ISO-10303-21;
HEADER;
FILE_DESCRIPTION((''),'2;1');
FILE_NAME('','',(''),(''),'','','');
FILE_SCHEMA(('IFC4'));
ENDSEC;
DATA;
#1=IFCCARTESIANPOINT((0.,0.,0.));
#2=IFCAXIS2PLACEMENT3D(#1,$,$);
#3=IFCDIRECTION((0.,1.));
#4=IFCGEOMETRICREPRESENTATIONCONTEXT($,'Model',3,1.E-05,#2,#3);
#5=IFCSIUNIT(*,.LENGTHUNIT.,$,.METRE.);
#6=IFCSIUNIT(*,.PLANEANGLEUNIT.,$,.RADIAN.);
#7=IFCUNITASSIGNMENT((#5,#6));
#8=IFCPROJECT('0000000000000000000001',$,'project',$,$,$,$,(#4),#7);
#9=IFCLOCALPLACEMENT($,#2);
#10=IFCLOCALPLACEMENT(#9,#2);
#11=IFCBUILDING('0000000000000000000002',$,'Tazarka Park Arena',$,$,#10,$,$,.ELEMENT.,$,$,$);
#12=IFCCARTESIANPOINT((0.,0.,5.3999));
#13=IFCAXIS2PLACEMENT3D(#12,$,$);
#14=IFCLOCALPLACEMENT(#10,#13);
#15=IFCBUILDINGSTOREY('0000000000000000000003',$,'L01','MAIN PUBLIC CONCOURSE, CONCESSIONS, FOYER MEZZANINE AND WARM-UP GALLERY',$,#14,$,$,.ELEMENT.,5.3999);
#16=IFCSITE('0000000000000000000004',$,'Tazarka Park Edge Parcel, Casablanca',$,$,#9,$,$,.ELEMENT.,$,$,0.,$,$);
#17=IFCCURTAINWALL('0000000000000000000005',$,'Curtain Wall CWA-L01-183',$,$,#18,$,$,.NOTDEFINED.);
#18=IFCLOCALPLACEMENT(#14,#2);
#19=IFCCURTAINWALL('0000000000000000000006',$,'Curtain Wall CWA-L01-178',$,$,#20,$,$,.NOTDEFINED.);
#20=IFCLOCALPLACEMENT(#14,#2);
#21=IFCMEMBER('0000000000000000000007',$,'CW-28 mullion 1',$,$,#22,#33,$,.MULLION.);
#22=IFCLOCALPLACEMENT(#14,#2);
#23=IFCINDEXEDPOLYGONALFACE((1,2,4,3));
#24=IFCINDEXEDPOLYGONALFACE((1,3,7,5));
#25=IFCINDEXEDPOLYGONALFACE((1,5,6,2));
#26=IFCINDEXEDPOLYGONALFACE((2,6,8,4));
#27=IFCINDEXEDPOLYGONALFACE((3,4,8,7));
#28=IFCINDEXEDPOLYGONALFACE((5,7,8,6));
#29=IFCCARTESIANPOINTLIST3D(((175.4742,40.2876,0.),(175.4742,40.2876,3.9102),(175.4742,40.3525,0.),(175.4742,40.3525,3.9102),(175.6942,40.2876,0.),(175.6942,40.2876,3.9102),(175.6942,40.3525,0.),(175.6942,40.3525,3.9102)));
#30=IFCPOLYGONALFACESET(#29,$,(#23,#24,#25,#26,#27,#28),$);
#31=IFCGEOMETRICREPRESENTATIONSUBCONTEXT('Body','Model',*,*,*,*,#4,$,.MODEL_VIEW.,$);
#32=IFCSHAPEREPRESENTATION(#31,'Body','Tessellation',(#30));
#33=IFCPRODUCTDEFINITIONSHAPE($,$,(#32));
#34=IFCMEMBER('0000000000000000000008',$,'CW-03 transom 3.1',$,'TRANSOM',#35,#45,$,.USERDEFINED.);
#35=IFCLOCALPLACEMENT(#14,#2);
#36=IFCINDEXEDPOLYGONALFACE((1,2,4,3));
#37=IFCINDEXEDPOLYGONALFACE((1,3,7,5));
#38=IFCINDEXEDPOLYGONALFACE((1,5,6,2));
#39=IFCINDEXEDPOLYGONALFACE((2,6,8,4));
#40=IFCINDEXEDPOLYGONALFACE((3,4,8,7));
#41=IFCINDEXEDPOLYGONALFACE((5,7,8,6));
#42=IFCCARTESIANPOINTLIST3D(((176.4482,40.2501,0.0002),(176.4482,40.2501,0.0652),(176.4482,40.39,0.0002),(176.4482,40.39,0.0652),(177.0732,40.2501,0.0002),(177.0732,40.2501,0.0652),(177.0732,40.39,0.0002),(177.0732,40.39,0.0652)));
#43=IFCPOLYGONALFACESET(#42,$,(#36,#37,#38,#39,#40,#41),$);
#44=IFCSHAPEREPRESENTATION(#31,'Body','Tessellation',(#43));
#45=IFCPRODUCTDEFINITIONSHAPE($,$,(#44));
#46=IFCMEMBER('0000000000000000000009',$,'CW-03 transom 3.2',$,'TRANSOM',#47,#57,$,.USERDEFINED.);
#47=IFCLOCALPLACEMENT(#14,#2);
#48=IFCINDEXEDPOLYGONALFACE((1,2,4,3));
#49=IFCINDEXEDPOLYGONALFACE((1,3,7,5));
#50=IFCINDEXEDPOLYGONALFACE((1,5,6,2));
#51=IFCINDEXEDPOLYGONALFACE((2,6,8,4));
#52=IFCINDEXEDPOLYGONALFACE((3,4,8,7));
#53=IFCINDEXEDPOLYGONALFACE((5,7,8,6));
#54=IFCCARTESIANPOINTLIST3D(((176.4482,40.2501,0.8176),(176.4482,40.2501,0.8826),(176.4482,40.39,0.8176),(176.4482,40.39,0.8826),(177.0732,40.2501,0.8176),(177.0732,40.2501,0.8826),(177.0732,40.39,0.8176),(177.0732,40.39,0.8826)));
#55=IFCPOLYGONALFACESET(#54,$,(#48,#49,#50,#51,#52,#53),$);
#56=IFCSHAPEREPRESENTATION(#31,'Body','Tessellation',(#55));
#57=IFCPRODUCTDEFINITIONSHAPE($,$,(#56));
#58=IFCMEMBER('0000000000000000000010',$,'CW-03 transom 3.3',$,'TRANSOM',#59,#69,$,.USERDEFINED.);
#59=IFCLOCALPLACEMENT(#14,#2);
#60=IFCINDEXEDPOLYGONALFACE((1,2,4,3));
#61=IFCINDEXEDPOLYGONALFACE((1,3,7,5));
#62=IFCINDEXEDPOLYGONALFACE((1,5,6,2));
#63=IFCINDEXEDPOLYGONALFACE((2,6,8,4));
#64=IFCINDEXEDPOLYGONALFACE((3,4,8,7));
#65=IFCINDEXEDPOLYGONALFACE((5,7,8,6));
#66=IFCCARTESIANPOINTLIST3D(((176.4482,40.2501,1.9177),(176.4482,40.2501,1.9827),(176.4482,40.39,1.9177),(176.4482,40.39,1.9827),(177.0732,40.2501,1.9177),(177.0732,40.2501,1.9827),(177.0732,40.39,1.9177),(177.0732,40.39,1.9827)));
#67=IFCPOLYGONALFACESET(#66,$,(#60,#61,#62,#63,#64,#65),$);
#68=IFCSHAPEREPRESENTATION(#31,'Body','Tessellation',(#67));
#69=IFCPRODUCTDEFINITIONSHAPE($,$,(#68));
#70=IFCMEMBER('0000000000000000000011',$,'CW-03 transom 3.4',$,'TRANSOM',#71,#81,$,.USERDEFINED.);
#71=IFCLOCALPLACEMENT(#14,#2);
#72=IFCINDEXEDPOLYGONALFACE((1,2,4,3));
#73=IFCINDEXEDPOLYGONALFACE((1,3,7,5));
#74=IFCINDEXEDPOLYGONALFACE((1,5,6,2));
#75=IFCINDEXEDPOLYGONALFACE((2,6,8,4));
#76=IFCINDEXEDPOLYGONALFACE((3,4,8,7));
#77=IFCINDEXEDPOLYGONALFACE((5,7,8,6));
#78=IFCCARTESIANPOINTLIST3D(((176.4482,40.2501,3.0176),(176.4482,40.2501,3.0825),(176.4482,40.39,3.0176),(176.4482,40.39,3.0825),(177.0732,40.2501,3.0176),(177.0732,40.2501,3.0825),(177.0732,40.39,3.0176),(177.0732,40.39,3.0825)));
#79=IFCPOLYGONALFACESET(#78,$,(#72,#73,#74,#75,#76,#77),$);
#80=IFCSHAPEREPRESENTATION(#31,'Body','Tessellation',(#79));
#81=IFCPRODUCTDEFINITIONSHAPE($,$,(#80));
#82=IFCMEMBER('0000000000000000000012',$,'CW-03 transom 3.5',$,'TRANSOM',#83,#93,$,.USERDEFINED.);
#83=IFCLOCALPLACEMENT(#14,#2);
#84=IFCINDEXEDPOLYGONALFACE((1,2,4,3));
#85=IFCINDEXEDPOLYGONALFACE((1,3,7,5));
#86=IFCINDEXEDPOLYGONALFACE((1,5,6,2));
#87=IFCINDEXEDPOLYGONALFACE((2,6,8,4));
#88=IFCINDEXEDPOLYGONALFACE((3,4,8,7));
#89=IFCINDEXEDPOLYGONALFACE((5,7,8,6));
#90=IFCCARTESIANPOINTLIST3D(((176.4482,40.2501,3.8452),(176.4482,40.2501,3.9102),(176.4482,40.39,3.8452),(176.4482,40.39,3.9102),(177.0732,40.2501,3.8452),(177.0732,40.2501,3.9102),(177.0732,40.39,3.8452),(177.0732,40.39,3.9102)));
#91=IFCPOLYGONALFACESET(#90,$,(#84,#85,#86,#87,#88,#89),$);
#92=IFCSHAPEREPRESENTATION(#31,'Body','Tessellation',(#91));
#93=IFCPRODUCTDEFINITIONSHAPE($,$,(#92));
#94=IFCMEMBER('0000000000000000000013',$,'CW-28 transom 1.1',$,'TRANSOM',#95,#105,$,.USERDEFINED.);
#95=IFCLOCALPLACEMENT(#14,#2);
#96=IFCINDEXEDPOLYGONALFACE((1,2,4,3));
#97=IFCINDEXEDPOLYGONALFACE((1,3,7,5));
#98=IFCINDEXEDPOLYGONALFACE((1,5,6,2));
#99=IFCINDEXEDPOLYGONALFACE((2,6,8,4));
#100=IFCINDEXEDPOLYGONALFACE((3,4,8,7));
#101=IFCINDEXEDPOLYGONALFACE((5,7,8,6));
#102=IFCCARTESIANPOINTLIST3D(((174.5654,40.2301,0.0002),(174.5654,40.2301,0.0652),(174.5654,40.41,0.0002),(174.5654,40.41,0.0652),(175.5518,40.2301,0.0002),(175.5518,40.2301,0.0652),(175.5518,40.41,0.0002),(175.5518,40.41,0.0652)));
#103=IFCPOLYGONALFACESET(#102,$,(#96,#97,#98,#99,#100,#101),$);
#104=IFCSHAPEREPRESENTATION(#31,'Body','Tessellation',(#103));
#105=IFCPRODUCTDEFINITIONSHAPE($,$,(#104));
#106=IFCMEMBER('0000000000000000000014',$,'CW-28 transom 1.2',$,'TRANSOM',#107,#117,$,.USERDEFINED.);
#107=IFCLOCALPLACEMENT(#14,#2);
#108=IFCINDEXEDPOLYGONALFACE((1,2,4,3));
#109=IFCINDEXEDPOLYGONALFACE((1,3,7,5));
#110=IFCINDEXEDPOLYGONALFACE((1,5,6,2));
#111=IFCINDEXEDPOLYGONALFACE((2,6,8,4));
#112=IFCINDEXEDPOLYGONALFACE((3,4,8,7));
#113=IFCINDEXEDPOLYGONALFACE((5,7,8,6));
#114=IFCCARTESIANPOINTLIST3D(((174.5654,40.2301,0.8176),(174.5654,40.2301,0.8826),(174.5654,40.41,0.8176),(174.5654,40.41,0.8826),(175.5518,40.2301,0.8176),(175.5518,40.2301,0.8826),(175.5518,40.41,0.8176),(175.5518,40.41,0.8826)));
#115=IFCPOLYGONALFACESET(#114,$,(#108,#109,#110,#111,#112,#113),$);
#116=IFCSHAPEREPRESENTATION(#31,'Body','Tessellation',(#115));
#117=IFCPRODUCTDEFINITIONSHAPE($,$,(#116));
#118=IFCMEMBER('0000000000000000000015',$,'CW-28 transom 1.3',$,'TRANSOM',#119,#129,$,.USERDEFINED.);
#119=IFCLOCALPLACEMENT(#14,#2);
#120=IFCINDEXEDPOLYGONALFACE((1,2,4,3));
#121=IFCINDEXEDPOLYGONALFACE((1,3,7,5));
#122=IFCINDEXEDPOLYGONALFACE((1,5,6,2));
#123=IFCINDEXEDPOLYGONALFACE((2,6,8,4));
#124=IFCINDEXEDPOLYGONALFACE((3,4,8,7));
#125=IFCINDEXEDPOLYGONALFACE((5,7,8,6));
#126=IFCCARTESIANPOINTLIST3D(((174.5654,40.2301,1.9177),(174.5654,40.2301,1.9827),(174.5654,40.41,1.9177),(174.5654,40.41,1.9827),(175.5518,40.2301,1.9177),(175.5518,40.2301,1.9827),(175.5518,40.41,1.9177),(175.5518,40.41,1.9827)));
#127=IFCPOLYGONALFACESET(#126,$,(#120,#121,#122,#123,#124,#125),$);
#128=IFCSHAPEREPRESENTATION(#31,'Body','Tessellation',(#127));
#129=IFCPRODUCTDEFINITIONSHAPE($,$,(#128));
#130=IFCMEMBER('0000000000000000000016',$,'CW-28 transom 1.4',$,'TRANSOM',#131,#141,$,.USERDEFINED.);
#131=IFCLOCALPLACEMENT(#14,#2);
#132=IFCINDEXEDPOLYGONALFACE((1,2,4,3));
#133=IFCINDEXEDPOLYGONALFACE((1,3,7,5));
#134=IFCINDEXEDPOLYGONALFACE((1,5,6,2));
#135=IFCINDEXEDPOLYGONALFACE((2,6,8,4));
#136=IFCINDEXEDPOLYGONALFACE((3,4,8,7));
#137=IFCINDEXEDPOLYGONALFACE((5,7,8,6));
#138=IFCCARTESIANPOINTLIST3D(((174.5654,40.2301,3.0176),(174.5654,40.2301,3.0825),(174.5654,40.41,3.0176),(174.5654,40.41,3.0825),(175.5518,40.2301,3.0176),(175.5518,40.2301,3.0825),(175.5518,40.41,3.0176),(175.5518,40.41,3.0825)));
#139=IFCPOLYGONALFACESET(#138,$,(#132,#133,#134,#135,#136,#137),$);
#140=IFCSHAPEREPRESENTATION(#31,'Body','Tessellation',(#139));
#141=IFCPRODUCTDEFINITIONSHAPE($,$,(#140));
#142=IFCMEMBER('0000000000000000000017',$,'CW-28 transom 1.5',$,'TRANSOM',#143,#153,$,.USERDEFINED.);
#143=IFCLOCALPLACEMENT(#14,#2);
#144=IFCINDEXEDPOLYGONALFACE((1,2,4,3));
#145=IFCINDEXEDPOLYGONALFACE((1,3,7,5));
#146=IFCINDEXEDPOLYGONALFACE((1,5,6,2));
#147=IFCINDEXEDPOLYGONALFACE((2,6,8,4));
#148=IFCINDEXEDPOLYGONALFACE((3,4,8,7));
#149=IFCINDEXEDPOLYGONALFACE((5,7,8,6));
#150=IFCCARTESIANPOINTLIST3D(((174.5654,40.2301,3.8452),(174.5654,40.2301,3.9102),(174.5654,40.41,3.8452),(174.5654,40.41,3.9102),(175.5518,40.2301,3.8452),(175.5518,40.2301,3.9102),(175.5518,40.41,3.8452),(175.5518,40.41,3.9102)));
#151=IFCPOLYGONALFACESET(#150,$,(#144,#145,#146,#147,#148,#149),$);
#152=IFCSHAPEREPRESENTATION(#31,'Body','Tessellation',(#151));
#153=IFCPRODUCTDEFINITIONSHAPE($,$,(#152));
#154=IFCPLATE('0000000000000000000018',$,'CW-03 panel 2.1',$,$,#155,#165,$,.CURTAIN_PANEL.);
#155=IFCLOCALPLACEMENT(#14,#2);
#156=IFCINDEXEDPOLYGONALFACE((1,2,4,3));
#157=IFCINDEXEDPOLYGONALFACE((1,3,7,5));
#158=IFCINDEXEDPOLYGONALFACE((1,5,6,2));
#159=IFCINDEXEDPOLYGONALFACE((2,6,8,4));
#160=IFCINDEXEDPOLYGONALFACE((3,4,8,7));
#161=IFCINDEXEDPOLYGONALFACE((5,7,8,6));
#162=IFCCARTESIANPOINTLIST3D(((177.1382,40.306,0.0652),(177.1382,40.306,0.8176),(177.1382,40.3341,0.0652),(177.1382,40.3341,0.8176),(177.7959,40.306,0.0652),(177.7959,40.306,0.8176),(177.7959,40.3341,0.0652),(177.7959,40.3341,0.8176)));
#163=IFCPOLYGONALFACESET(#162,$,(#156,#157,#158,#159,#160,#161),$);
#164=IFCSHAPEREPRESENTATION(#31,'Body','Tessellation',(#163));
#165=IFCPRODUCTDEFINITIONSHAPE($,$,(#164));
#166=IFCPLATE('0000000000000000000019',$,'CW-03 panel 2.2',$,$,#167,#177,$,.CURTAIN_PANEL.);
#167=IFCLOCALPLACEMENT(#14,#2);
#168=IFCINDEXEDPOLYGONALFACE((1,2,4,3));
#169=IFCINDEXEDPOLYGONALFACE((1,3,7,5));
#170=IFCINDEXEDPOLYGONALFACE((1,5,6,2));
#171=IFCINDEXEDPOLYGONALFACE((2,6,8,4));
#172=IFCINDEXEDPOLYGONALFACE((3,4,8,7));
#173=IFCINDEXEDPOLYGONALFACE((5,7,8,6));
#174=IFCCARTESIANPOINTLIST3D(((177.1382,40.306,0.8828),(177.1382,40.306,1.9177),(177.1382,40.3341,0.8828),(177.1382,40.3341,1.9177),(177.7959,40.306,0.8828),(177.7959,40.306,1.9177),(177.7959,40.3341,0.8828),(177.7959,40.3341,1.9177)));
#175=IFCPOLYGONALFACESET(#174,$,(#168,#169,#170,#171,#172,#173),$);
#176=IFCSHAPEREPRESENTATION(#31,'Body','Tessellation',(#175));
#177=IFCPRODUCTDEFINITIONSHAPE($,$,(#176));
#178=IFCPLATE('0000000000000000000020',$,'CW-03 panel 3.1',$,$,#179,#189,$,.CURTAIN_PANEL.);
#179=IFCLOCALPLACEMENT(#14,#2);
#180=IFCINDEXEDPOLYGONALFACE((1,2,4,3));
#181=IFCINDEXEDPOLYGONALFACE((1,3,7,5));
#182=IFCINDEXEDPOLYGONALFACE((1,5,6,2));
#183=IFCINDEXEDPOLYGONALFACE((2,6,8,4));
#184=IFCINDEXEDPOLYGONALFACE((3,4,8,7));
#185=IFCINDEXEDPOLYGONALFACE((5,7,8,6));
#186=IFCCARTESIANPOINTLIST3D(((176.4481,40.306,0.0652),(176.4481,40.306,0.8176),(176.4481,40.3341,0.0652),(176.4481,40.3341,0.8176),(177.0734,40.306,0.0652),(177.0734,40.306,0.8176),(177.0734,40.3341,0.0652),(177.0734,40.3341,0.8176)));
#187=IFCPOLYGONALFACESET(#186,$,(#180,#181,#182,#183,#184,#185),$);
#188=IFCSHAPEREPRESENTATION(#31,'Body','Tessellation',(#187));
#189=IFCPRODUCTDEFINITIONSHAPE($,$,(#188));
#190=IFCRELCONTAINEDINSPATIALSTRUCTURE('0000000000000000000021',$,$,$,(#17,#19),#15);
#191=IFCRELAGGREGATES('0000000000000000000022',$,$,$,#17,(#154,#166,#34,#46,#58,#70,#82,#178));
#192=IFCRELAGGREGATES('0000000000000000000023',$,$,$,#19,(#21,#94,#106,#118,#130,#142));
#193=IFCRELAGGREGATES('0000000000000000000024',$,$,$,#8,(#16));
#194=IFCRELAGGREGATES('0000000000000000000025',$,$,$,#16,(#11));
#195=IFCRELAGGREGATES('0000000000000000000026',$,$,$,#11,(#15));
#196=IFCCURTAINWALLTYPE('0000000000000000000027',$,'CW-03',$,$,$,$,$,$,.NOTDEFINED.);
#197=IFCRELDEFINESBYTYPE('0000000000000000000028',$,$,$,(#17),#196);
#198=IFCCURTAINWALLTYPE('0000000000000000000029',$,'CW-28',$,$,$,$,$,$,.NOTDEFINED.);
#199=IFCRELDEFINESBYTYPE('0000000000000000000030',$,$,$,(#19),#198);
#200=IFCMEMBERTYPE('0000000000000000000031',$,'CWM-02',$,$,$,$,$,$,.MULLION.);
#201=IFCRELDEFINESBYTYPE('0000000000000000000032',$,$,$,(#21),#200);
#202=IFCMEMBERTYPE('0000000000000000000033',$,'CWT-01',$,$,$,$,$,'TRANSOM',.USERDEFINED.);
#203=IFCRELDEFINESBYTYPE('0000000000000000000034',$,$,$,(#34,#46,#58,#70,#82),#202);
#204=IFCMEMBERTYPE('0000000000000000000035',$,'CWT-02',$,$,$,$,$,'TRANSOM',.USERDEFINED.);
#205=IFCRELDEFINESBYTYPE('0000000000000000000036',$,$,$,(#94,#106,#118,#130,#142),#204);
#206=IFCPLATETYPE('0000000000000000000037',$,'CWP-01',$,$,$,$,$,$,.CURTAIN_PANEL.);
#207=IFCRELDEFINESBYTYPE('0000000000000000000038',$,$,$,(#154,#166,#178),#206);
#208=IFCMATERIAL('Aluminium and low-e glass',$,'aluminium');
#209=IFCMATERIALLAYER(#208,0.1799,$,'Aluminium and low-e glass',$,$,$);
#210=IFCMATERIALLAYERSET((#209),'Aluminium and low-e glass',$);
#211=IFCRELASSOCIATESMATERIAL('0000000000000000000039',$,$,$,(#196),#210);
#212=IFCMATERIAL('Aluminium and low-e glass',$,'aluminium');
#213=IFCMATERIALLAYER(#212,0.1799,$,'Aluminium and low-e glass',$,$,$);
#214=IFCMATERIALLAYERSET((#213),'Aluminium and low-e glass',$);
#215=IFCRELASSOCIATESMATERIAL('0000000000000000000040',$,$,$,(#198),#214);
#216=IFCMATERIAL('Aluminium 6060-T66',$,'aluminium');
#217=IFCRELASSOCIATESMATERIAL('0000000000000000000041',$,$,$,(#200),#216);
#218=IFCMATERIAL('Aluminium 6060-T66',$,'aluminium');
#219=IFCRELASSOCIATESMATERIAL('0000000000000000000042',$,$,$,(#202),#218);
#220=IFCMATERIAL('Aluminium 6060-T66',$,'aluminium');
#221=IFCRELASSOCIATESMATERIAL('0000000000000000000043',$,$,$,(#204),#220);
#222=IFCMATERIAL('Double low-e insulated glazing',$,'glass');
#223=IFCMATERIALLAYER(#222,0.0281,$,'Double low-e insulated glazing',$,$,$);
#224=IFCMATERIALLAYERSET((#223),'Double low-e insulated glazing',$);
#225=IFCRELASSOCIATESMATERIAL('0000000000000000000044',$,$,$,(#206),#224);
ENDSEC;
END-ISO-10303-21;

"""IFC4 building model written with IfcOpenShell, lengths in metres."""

from ifc_helpers import new_model, si_unit, direction, frame, origin, origin_2d, place, context, subcontext, project, spatial, rectangle, extrude, material, layer, layer_set, material_profile, profile_set, type_object, element, aggregate, save


model = new_model("IFC4")

# Units and contexts
model_context = context("Model", 3, precision=1e-05, world=origin(), true_north=direction((0.0, 1.0)))
body_context = subcontext(model_context, "Body", "Model", "MODEL_VIEW")
ifc_project = project(units=[si_unit("LENGTHUNIT", "METRE"), si_unit("PLANEANGLEUNIT", "RADIAN")], contexts=[model_context])

# Site, building, storey
site_placement = place(None, origin())
site = spatial("IfcSite", under=ifc_project, at=site_placement, Name="Tazarka Park Edge Parcel, Casablanca", CompositionType="ELEMENT", RefElevation=0.0)
building_placement = place(site_placement, origin())
building = spatial("IfcBuilding", under=site, at=building_placement, Name="Tazarka Park Arena", CompositionType="ELEMENT")
storey_placement = place(building_placement, frame((0.0, 0.0, 5.3999)))
storey = spatial("IfcBuildingStorey", under=building, at=storey_placement, Name="L01", Description="MAIN PUBLIC CONCOURSE, CONCESSIONS, FOYER MEZZANINE AND WARM-UP GALLERY", CompositionType="ELEMENT", Elevation=5.3999)

# Curtain wall
ifc_material_1 = material(Name="Aluminium and low-e glass", Category="aluminium")
ifc_layer_1 = layer(ifc_material_1, 0.1799, Name="Aluminium and low-e glass")
ifc_layer_set_1 = layer_set([ifc_layer_1], Name="Aluminium and low-e glass")
curtain_wall_type_1 = type_object("IfcCurtainWallType", Name="CW-03", PredefinedType="NOTDEFINED", material=ifc_layer_set_1)
curtain_wall_1_placement = place(storey_placement, origin())
curtain_wall_1 = element("IfcCurtainWall", 1, at=curtain_wall_1_placement, inside=storey, type_object=curtain_wall_type_1, Name="Curtain Wall CWA-L01-183", PredefinedType="NOTDEFINED")

# Curtain wall, member
ifc_material_2 = material(Name="Aluminium and low-e glass", Category="aluminium")
ifc_layer_2 = layer(ifc_material_2, 0.1799, Name="Aluminium and low-e glass")
ifc_layer_set_2 = layer_set([ifc_layer_2], Name="Aluminium and low-e glass")
curtain_wall_type_2 = type_object("IfcCurtainWallType", Name="CW-28", PredefinedType="NOTDEFINED", material=ifc_layer_set_2)
curtain_wall_2_placement = place(storey_placement, origin())
curtain_wall_2 = element("IfcCurtainWall", 2, at=curtain_wall_2_placement, inside=storey, type_object=curtain_wall_type_2, Name="Curtain Wall CWA-L01-178", PredefinedType="NOTDEFINED")
ifc_material_3 = material(Name="Aluminium 6060-T66", Category="aluminium")
ifc_material_profile_1 = material_profile(ifc_material_3, rectangle(XDim=0.0649, YDim=0.22, at=origin_2d()), Name="Aluminium 6060-T66")
ifc_profile_set_1 = profile_set([ifc_material_profile_1], Name="Aluminium 6060-T66")
member_type_1 = type_object("IfcMemberType", Name="CWM-02", PredefinedType="MULLION", material=ifc_profile_set_1)
member_1_placement = place(storey_placement, frame((175.5842, 40.3201, 0.0), z_axis=(0.0, 0.0, 1.0), x_axis=(0.0, -1.0, 0.0)))
member_1 = element("IfcMember", 3, at=member_1_placement, type_object=member_type_1, Name="CW-28 mullion 1", PredefinedType="MULLION", context=body_context, shape_type="SweptSolid", body=[
    extrude(rectangle(XDim=0.0649, YDim=0.22, at=origin_2d()), origin(), (0.0, 0.0, 1.0), 3.9102),
])

# Members
ifc_material_4 = material(Name="Aluminium 6060-T66", Category="aluminium")
ifc_material_profile_2 = material_profile(ifc_material_4, rectangle(XDim=0.1399, YDim=0.0649, at=origin_2d()), Name="Aluminium 6060-T66")
ifc_profile_set_2 = profile_set([ifc_material_profile_2], Name="Aluminium 6060-T66")
member_type_2 = type_object("IfcMemberType", Name="CWT-01", ElementType="TRANSOM", PredefinedType="USERDEFINED", material=ifc_profile_set_2)
member_2_placement = place(storey_placement, frame((177.0732, 40.3201, 0.0327), z_axis=(-1.0, 0.0, 0.0), x_axis=(0.0, -1.0, 0.0)))
member_2 = element("IfcMember", 4, at=member_2_placement, type_object=member_type_2, Name="CW-03 transom 3.1", ObjectType="TRANSOM", PredefinedType="USERDEFINED", context=body_context, shape_type="SweptSolid", body=[
    extrude(rectangle(XDim=0.1399, YDim=0.0649, at=origin_2d()), origin(), (0.0, 0.0, 1.0), 0.625),
])
member_3_placement = place(storey_placement, frame((177.0732, 40.3201, 0.8501), z_axis=(-1.0, 0.0, 0.0), x_axis=(0.0, -1.0, 0.0)))
member_3 = element("IfcMember", 5, at=member_3_placement, type_object=member_type_2, Name="CW-03 transom 3.2", ObjectType="TRANSOM", PredefinedType="USERDEFINED", context=body_context, shape_type="SweptSolid", body=[
    extrude(rectangle(XDim=0.1399, YDim=0.0649, at=origin_2d()), origin(), (0.0, 0.0, 1.0), 0.625),
])
member_4_placement = place(storey_placement, frame((177.0732, 40.3201, 1.9502), z_axis=(-1.0, 0.0, 0.0), x_axis=(0.0, -1.0, 0.0)))
member_4 = element("IfcMember", 6, at=member_4_placement, type_object=member_type_2, Name="CW-03 transom 3.3", ObjectType="TRANSOM", PredefinedType="USERDEFINED", context=body_context, shape_type="SweptSolid", body=[
    extrude(rectangle(XDim=0.1399, YDim=0.0649, at=origin_2d()), origin(), (0.0, 0.0, 1.0), 0.625),
])
member_5_placement = place(storey_placement, frame((177.0732, 40.3201, 3.05), z_axis=(-1.0, 0.0, 0.0), x_axis=(0.0, -1.0, 0.0)))
member_5 = element("IfcMember", 7, at=member_5_placement, type_object=member_type_2, Name="CW-03 transom 3.4", ObjectType="TRANSOM", PredefinedType="USERDEFINED", context=body_context, shape_type="SweptSolid", body=[
    extrude(rectangle(XDim=0.1399, YDim=0.0649, at=origin_2d()), origin(), (0.0, 0.0, 1.0), 0.625),
])
member_6_placement = place(storey_placement, frame((177.0732, 40.3201, 3.8777), z_axis=(-1.0, 0.0, 0.0), x_axis=(0.0, -1.0, 0.0)))
member_6 = element("IfcMember", 8, at=member_6_placement, type_object=member_type_2, Name="CW-03 transom 3.5", ObjectType="TRANSOM", PredefinedType="USERDEFINED", context=body_context, shape_type="SweptSolid", body=[
    extrude(rectangle(XDim=0.1399, YDim=0.0649, at=origin_2d()), origin(), (0.0, 0.0, 1.0), 0.625),
])
ifc_material_5 = material(Name="Aluminium 6060-T66", Category="aluminium")
ifc_material_profile_3 = material_profile(ifc_material_5, rectangle(XDim=0.1799, YDim=0.0649, at=origin_2d()), Name="Aluminium 6060-T66")
ifc_profile_set_3 = profile_set([ifc_material_profile_3], Name="Aluminium 6060-T66")
member_type_3 = type_object("IfcMemberType", Name="CWT-02", ElementType="TRANSOM", PredefinedType="USERDEFINED", material=ifc_profile_set_3)
member_7_placement = place(storey_placement, frame((175.5518, 40.3201, 0.0327), z_axis=(-1.0, 0.0, 0.0), x_axis=(0.0, -1.0, 0.0)))
member_7 = element("IfcMember", 9, at=member_7_placement, type_object=member_type_3, Name="CW-28 transom 1.1", ObjectType="TRANSOM", PredefinedType="USERDEFINED", context=body_context, shape_type="SweptSolid", body=[
    extrude(rectangle(XDim=0.1799, YDim=0.0649, at=origin_2d()), origin(), (0.0, 0.0, 1.0), 0.9863),
])
member_8_placement = place(storey_placement, frame((175.5518, 40.3201, 0.8501), z_axis=(-1.0, 0.0, 0.0), x_axis=(0.0, -1.0, 0.0)))
member_8 = element("IfcMember", 10, at=member_8_placement, type_object=member_type_3, Name="CW-28 transom 1.2", ObjectType="TRANSOM", PredefinedType="USERDEFINED", context=body_context, shape_type="SweptSolid", body=[
    extrude(rectangle(XDim=0.1799, YDim=0.0649, at=origin_2d()), origin(), (0.0, 0.0, 1.0), 0.9863),
])
member_9_placement = place(storey_placement, frame((175.5518, 40.3201, 1.9502), z_axis=(-1.0, 0.0, 0.0), x_axis=(0.0, -1.0, 0.0)))
member_9 = element("IfcMember", 11, at=member_9_placement, type_object=member_type_3, Name="CW-28 transom 1.3", ObjectType="TRANSOM", PredefinedType="USERDEFINED", context=body_context, shape_type="SweptSolid", body=[
    extrude(rectangle(XDim=0.1799, YDim=0.0649, at=origin_2d()), origin(), (0.0, 0.0, 1.0), 0.9863),
])
member_10_placement = place(storey_placement, frame((175.5518, 40.3201, 3.05), z_axis=(-1.0, 0.0, 0.0), x_axis=(0.0, -1.0, 0.0)))
member_10 = element("IfcMember", 12, at=member_10_placement, type_object=member_type_3, Name="CW-28 transom 1.4", ObjectType="TRANSOM", PredefinedType="USERDEFINED", context=body_context, shape_type="SweptSolid", body=[
    extrude(rectangle(XDim=0.1799, YDim=0.0649, at=origin_2d()), origin(), (0.0, 0.0, 1.0), 0.9863),
])
member_11_placement = place(storey_placement, frame((175.5518, 40.3201, 3.8777), z_axis=(-1.0, 0.0, 0.0), x_axis=(0.0, -1.0, 0.0)))
member_11 = element("IfcMember", 13, at=member_11_placement, type_object=member_type_3, Name="CW-28 transom 1.5", ObjectType="TRANSOM", PredefinedType="USERDEFINED", context=body_context, shape_type="SweptSolid", body=[
    extrude(rectangle(XDim=0.1799, YDim=0.0649, at=origin_2d()), origin(), (0.0, 0.0, 1.0), 0.9863),
])

# Plates
ifc_material_6 = material(Name="Double low-e insulated glazing", Category="glass")
ifc_layer_3 = layer(ifc_material_6, 0.0281, Name="Double low-e insulated glazing")
ifc_layer_set_3 = layer_set([ifc_layer_3], Name="Double low-e insulated glazing")
plate_type_1 = type_object("IfcPlateType", Name="CWP-01", PredefinedType="CURTAIN_PANEL", material=ifc_layer_set_3)
plate_1_placement = place(storey_placement, frame((177.467, 40.3201, 0.0652), z_axis=(0.0, 0.0, 1.0), x_axis=(-1.0, 0.0, 0.0)))
plate_1 = element("IfcPlate", 14, at=plate_1_placement, type_object=plate_type_1, Name="CW-03 panel 2.1", PredefinedType="CURTAIN_PANEL", context=body_context, shape_type="SweptSolid", body=[
    extrude(rectangle(XDim=0.6577, YDim=0.0281, at=origin_2d()), origin(), (0.0, 0.0, 1.0), 0.7524),
])
plate_2_placement = place(storey_placement, frame((177.467, 40.3201, 0.8828), z_axis=(0.0, 0.0, 1.0), x_axis=(-1.0, 0.0, 0.0)))
plate_2 = element("IfcPlate", 15, at=plate_2_placement, type_object=plate_type_1, Name="CW-03 panel 2.2", PredefinedType="CURTAIN_PANEL", context=body_context, shape_type="SweptSolid", body=[
    extrude(rectangle(XDim=0.6577, YDim=0.0281, at=origin_2d()), origin(), (0.0, 0.0, 1.0), 1.0349),
])
plate_3_placement = place(storey_placement, frame((176.7607, 40.3201, 0.0652), z_axis=(0.0, 0.0, 1.0), x_axis=(-1.0, 0.0, 0.0)))
plate_3 = element("IfcPlate", 16, at=plate_3_placement, type_object=plate_type_1, Name="CW-03 panel 3.1", PredefinedType="CURTAIN_PANEL", context=body_context, shape_type="SweptSolid", body=[
    extrude(rectangle(XDim=0.6252, YDim=0.0281, at=origin_2d()), origin(), (0.0, 0.0, 1.0), 0.7524),
])
aggregate(curtain_wall_1, [plate_1, plate_2, member_2, member_3, member_4, member_5, member_6, plate_3])
aggregate(curtain_wall_2, [member_1, member_7, member_8, member_9, member_10, member_11])

save(model, "model.ifc")
